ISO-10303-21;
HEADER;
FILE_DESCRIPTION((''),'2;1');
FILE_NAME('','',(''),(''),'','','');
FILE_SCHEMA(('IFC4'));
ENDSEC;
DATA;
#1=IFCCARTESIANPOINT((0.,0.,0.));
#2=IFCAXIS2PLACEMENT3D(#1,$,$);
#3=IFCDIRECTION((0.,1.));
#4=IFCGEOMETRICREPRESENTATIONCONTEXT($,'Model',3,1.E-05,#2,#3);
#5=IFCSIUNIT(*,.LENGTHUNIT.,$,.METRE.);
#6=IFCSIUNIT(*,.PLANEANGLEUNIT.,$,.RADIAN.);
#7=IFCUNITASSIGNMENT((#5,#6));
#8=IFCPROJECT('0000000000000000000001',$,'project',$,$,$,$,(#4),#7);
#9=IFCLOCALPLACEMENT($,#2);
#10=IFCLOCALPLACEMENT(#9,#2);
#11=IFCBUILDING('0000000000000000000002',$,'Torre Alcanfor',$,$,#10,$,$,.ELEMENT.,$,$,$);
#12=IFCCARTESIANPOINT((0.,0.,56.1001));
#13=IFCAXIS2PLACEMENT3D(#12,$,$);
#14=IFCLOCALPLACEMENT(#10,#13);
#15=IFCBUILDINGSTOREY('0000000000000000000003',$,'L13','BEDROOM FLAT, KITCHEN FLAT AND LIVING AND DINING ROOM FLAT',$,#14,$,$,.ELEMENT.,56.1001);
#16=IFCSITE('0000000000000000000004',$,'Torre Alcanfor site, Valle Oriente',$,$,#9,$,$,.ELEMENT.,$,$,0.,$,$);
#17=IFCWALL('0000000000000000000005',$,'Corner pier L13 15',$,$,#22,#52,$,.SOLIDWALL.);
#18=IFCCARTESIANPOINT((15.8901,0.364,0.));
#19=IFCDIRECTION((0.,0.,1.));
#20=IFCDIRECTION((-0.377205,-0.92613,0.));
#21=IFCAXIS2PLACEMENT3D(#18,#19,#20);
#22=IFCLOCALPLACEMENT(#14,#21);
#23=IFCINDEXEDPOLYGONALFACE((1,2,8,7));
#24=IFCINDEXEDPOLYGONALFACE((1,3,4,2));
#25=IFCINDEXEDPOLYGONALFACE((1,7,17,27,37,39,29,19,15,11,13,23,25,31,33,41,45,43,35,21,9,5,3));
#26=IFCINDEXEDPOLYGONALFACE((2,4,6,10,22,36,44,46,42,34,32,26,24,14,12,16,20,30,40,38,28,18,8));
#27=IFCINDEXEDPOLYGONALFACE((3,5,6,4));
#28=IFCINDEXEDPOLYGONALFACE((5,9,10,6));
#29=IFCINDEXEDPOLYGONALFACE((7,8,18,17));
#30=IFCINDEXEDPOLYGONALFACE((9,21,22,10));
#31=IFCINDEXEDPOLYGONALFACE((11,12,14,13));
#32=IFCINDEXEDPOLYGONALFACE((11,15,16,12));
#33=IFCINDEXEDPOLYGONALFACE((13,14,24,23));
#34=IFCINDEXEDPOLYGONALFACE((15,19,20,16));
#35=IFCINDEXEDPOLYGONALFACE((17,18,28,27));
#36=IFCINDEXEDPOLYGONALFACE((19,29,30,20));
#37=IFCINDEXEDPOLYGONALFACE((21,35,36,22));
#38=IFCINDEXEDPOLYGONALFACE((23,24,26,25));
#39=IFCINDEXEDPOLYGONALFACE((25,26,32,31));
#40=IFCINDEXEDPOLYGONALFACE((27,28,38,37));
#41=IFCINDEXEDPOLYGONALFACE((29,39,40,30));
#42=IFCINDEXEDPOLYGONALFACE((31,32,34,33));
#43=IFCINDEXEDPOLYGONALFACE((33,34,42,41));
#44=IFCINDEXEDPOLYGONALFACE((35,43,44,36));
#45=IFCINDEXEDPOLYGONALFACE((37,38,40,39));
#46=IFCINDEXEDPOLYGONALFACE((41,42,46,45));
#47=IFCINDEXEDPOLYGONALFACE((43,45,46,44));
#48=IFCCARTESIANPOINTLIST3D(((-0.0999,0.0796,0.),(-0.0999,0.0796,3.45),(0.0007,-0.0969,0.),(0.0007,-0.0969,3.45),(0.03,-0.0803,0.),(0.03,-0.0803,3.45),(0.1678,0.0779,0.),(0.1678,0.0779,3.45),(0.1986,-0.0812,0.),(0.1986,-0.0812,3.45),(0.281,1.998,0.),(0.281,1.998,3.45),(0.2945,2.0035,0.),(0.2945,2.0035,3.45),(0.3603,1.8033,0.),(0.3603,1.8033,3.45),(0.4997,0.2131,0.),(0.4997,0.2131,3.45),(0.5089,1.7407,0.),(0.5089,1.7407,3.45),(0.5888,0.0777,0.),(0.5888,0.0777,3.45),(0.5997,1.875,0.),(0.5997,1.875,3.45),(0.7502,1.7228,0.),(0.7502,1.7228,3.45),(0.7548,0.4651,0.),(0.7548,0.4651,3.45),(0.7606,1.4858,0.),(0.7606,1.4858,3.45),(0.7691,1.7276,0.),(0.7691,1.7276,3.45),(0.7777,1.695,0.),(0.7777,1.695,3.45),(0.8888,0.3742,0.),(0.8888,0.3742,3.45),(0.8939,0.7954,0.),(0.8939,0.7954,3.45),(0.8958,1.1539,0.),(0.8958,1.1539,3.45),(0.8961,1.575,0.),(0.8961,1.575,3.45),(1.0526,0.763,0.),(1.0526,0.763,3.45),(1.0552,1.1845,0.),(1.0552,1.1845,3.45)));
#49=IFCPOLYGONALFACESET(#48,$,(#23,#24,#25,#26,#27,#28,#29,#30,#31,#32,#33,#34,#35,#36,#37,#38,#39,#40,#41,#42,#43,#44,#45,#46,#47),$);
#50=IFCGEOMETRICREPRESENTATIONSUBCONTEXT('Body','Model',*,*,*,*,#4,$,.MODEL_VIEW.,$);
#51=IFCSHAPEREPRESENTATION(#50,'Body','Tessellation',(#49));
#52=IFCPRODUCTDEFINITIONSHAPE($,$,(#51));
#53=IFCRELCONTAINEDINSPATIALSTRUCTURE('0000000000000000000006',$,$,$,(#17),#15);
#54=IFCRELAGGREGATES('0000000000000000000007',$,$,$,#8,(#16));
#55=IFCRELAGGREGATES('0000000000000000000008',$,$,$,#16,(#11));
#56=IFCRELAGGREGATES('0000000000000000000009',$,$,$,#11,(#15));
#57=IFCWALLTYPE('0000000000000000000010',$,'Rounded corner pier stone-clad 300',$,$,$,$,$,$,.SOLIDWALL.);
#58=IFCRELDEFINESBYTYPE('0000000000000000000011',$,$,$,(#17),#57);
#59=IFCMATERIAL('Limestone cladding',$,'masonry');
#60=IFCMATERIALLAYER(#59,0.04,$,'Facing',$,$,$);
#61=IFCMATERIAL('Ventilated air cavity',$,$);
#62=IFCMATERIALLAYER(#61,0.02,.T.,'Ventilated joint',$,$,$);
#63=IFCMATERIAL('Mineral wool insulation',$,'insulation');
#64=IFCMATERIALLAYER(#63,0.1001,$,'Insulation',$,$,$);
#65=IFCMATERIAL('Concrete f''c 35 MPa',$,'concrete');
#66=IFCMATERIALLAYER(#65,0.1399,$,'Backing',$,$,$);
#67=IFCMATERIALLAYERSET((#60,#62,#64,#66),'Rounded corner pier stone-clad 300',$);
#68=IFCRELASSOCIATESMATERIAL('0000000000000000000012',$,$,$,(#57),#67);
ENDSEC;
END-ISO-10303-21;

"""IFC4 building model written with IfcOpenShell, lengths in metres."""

from ifc_helpers import new_model, si_unit, direction, frame, origin, place, context, subcontext, project, spatial, polyline, outline, extrude, material, layer, layer_set, type_object, element, save


model = new_model("IFC4")

# Units and contexts
model_context = context("Model", 3, precision=1e-05, world=origin(), true_north=direction((0.0, 1.0)))
body_context = subcontext(model_context, "Body", "Model", "MODEL_VIEW")
ifc_project = project(units=[si_unit("LENGTHUNIT", "METRE"), si_unit("PLANEANGLEUNIT", "RADIAN")], contexts=[model_context])

# Site, building, storey
site_placement = place(None, origin())
site = spatial("IfcSite", under=ifc_project, at=site_placement, Name="Torre Alcanfor site, Valle Oriente", CompositionType="ELEMENT", RefElevation=0.0)
building_placement = place(site_placement, origin())
building = spatial("IfcBuilding", under=site, at=building_placement, Name="Torre Alcanfor", CompositionType="ELEMENT")
storey_placement = place(building_placement, frame((0.0, 0.0, 56.1001)))
storey = spatial("IfcBuildingStorey", under=building, at=storey_placement, Name="L13", Description="BEDROOM FLAT, KITCHEN FLAT AND LIVING AND DINING ROOM FLAT", CompositionType="ELEMENT", Elevation=56.1001)

# Shared definitions
ifc_material_1 = material(Name="Limestone cladding", Category="masonry")
ifc_material_2 = material(Name="Ventilated air cavity")
ifc_material_3 = material(Name="Mineral wool insulation", Category="insulation")
ifc_material_4 = material(Name="Concrete f'c 35 MPa", Category="concrete")

# Wall
ifc_layer_1 = layer(ifc_material_1, 0.04, Name="Facing")
ifc_layer_2 = layer(ifc_material_2, 0.02, ventilated=True, Name="Ventilated joint")
ifc_layer_3 = layer(ifc_material_3, 0.1001, Name="Insulation")
ifc_layer_4 = layer(ifc_material_4, 0.1399, Name="Backing")
ifc_layer_set_1 = layer_set([ifc_layer_1, ifc_layer_2, ifc_layer_3, ifc_layer_4], Name="Rounded corner pier stone-clad 300")
wall_type_1 = type_object("IfcWallType", Name="Rounded corner pier stone-clad 300", PredefinedType="SOLIDWALL", material=ifc_layer_set_1)
wall_1_placement = place(storey_placement, frame((15.8901, 0.364, 0.0), z_axis=(0.0, 0.0, 1.0), x_axis=(-0.377205, -0.92613, 0.0)))
element("IfcWall", 1, at=wall_1_placement, inside=storey, type_object=wall_type_1, Name="Corner pier L13 15", PredefinedType="SOLIDWALL", context=body_context, shape_type="SweptSolid", body=[
    extrude(outline(polyline([(0.3603, 1.8033), (0.5089, 1.7407), (0.7606, 1.4858), (0.8958, 1.1539), (0.8939, 0.7954), (0.7548, 0.4651), (0.4997, 0.2131), (0.1678, 0.0779), (-0.0999, 0.0796), (0.0007, -0.0969), (0.03, -0.0803), (0.1986, -0.0812), (0.5888, 0.0777), (0.8888, 0.3742), (1.0526, 0.763), (1.0552, 1.1845), (0.8961, 1.575), (0.7777, 1.695), (0.7691, 1.7276), (0.7502, 1.7228), (0.5997, 1.875), (0.2945, 2.0035), (0.281, 1.998), (0.3603, 1.8033)])), origin(), (0.0, 0.0, 1.0), 3.45),
])

save(model, "model.ifc")
